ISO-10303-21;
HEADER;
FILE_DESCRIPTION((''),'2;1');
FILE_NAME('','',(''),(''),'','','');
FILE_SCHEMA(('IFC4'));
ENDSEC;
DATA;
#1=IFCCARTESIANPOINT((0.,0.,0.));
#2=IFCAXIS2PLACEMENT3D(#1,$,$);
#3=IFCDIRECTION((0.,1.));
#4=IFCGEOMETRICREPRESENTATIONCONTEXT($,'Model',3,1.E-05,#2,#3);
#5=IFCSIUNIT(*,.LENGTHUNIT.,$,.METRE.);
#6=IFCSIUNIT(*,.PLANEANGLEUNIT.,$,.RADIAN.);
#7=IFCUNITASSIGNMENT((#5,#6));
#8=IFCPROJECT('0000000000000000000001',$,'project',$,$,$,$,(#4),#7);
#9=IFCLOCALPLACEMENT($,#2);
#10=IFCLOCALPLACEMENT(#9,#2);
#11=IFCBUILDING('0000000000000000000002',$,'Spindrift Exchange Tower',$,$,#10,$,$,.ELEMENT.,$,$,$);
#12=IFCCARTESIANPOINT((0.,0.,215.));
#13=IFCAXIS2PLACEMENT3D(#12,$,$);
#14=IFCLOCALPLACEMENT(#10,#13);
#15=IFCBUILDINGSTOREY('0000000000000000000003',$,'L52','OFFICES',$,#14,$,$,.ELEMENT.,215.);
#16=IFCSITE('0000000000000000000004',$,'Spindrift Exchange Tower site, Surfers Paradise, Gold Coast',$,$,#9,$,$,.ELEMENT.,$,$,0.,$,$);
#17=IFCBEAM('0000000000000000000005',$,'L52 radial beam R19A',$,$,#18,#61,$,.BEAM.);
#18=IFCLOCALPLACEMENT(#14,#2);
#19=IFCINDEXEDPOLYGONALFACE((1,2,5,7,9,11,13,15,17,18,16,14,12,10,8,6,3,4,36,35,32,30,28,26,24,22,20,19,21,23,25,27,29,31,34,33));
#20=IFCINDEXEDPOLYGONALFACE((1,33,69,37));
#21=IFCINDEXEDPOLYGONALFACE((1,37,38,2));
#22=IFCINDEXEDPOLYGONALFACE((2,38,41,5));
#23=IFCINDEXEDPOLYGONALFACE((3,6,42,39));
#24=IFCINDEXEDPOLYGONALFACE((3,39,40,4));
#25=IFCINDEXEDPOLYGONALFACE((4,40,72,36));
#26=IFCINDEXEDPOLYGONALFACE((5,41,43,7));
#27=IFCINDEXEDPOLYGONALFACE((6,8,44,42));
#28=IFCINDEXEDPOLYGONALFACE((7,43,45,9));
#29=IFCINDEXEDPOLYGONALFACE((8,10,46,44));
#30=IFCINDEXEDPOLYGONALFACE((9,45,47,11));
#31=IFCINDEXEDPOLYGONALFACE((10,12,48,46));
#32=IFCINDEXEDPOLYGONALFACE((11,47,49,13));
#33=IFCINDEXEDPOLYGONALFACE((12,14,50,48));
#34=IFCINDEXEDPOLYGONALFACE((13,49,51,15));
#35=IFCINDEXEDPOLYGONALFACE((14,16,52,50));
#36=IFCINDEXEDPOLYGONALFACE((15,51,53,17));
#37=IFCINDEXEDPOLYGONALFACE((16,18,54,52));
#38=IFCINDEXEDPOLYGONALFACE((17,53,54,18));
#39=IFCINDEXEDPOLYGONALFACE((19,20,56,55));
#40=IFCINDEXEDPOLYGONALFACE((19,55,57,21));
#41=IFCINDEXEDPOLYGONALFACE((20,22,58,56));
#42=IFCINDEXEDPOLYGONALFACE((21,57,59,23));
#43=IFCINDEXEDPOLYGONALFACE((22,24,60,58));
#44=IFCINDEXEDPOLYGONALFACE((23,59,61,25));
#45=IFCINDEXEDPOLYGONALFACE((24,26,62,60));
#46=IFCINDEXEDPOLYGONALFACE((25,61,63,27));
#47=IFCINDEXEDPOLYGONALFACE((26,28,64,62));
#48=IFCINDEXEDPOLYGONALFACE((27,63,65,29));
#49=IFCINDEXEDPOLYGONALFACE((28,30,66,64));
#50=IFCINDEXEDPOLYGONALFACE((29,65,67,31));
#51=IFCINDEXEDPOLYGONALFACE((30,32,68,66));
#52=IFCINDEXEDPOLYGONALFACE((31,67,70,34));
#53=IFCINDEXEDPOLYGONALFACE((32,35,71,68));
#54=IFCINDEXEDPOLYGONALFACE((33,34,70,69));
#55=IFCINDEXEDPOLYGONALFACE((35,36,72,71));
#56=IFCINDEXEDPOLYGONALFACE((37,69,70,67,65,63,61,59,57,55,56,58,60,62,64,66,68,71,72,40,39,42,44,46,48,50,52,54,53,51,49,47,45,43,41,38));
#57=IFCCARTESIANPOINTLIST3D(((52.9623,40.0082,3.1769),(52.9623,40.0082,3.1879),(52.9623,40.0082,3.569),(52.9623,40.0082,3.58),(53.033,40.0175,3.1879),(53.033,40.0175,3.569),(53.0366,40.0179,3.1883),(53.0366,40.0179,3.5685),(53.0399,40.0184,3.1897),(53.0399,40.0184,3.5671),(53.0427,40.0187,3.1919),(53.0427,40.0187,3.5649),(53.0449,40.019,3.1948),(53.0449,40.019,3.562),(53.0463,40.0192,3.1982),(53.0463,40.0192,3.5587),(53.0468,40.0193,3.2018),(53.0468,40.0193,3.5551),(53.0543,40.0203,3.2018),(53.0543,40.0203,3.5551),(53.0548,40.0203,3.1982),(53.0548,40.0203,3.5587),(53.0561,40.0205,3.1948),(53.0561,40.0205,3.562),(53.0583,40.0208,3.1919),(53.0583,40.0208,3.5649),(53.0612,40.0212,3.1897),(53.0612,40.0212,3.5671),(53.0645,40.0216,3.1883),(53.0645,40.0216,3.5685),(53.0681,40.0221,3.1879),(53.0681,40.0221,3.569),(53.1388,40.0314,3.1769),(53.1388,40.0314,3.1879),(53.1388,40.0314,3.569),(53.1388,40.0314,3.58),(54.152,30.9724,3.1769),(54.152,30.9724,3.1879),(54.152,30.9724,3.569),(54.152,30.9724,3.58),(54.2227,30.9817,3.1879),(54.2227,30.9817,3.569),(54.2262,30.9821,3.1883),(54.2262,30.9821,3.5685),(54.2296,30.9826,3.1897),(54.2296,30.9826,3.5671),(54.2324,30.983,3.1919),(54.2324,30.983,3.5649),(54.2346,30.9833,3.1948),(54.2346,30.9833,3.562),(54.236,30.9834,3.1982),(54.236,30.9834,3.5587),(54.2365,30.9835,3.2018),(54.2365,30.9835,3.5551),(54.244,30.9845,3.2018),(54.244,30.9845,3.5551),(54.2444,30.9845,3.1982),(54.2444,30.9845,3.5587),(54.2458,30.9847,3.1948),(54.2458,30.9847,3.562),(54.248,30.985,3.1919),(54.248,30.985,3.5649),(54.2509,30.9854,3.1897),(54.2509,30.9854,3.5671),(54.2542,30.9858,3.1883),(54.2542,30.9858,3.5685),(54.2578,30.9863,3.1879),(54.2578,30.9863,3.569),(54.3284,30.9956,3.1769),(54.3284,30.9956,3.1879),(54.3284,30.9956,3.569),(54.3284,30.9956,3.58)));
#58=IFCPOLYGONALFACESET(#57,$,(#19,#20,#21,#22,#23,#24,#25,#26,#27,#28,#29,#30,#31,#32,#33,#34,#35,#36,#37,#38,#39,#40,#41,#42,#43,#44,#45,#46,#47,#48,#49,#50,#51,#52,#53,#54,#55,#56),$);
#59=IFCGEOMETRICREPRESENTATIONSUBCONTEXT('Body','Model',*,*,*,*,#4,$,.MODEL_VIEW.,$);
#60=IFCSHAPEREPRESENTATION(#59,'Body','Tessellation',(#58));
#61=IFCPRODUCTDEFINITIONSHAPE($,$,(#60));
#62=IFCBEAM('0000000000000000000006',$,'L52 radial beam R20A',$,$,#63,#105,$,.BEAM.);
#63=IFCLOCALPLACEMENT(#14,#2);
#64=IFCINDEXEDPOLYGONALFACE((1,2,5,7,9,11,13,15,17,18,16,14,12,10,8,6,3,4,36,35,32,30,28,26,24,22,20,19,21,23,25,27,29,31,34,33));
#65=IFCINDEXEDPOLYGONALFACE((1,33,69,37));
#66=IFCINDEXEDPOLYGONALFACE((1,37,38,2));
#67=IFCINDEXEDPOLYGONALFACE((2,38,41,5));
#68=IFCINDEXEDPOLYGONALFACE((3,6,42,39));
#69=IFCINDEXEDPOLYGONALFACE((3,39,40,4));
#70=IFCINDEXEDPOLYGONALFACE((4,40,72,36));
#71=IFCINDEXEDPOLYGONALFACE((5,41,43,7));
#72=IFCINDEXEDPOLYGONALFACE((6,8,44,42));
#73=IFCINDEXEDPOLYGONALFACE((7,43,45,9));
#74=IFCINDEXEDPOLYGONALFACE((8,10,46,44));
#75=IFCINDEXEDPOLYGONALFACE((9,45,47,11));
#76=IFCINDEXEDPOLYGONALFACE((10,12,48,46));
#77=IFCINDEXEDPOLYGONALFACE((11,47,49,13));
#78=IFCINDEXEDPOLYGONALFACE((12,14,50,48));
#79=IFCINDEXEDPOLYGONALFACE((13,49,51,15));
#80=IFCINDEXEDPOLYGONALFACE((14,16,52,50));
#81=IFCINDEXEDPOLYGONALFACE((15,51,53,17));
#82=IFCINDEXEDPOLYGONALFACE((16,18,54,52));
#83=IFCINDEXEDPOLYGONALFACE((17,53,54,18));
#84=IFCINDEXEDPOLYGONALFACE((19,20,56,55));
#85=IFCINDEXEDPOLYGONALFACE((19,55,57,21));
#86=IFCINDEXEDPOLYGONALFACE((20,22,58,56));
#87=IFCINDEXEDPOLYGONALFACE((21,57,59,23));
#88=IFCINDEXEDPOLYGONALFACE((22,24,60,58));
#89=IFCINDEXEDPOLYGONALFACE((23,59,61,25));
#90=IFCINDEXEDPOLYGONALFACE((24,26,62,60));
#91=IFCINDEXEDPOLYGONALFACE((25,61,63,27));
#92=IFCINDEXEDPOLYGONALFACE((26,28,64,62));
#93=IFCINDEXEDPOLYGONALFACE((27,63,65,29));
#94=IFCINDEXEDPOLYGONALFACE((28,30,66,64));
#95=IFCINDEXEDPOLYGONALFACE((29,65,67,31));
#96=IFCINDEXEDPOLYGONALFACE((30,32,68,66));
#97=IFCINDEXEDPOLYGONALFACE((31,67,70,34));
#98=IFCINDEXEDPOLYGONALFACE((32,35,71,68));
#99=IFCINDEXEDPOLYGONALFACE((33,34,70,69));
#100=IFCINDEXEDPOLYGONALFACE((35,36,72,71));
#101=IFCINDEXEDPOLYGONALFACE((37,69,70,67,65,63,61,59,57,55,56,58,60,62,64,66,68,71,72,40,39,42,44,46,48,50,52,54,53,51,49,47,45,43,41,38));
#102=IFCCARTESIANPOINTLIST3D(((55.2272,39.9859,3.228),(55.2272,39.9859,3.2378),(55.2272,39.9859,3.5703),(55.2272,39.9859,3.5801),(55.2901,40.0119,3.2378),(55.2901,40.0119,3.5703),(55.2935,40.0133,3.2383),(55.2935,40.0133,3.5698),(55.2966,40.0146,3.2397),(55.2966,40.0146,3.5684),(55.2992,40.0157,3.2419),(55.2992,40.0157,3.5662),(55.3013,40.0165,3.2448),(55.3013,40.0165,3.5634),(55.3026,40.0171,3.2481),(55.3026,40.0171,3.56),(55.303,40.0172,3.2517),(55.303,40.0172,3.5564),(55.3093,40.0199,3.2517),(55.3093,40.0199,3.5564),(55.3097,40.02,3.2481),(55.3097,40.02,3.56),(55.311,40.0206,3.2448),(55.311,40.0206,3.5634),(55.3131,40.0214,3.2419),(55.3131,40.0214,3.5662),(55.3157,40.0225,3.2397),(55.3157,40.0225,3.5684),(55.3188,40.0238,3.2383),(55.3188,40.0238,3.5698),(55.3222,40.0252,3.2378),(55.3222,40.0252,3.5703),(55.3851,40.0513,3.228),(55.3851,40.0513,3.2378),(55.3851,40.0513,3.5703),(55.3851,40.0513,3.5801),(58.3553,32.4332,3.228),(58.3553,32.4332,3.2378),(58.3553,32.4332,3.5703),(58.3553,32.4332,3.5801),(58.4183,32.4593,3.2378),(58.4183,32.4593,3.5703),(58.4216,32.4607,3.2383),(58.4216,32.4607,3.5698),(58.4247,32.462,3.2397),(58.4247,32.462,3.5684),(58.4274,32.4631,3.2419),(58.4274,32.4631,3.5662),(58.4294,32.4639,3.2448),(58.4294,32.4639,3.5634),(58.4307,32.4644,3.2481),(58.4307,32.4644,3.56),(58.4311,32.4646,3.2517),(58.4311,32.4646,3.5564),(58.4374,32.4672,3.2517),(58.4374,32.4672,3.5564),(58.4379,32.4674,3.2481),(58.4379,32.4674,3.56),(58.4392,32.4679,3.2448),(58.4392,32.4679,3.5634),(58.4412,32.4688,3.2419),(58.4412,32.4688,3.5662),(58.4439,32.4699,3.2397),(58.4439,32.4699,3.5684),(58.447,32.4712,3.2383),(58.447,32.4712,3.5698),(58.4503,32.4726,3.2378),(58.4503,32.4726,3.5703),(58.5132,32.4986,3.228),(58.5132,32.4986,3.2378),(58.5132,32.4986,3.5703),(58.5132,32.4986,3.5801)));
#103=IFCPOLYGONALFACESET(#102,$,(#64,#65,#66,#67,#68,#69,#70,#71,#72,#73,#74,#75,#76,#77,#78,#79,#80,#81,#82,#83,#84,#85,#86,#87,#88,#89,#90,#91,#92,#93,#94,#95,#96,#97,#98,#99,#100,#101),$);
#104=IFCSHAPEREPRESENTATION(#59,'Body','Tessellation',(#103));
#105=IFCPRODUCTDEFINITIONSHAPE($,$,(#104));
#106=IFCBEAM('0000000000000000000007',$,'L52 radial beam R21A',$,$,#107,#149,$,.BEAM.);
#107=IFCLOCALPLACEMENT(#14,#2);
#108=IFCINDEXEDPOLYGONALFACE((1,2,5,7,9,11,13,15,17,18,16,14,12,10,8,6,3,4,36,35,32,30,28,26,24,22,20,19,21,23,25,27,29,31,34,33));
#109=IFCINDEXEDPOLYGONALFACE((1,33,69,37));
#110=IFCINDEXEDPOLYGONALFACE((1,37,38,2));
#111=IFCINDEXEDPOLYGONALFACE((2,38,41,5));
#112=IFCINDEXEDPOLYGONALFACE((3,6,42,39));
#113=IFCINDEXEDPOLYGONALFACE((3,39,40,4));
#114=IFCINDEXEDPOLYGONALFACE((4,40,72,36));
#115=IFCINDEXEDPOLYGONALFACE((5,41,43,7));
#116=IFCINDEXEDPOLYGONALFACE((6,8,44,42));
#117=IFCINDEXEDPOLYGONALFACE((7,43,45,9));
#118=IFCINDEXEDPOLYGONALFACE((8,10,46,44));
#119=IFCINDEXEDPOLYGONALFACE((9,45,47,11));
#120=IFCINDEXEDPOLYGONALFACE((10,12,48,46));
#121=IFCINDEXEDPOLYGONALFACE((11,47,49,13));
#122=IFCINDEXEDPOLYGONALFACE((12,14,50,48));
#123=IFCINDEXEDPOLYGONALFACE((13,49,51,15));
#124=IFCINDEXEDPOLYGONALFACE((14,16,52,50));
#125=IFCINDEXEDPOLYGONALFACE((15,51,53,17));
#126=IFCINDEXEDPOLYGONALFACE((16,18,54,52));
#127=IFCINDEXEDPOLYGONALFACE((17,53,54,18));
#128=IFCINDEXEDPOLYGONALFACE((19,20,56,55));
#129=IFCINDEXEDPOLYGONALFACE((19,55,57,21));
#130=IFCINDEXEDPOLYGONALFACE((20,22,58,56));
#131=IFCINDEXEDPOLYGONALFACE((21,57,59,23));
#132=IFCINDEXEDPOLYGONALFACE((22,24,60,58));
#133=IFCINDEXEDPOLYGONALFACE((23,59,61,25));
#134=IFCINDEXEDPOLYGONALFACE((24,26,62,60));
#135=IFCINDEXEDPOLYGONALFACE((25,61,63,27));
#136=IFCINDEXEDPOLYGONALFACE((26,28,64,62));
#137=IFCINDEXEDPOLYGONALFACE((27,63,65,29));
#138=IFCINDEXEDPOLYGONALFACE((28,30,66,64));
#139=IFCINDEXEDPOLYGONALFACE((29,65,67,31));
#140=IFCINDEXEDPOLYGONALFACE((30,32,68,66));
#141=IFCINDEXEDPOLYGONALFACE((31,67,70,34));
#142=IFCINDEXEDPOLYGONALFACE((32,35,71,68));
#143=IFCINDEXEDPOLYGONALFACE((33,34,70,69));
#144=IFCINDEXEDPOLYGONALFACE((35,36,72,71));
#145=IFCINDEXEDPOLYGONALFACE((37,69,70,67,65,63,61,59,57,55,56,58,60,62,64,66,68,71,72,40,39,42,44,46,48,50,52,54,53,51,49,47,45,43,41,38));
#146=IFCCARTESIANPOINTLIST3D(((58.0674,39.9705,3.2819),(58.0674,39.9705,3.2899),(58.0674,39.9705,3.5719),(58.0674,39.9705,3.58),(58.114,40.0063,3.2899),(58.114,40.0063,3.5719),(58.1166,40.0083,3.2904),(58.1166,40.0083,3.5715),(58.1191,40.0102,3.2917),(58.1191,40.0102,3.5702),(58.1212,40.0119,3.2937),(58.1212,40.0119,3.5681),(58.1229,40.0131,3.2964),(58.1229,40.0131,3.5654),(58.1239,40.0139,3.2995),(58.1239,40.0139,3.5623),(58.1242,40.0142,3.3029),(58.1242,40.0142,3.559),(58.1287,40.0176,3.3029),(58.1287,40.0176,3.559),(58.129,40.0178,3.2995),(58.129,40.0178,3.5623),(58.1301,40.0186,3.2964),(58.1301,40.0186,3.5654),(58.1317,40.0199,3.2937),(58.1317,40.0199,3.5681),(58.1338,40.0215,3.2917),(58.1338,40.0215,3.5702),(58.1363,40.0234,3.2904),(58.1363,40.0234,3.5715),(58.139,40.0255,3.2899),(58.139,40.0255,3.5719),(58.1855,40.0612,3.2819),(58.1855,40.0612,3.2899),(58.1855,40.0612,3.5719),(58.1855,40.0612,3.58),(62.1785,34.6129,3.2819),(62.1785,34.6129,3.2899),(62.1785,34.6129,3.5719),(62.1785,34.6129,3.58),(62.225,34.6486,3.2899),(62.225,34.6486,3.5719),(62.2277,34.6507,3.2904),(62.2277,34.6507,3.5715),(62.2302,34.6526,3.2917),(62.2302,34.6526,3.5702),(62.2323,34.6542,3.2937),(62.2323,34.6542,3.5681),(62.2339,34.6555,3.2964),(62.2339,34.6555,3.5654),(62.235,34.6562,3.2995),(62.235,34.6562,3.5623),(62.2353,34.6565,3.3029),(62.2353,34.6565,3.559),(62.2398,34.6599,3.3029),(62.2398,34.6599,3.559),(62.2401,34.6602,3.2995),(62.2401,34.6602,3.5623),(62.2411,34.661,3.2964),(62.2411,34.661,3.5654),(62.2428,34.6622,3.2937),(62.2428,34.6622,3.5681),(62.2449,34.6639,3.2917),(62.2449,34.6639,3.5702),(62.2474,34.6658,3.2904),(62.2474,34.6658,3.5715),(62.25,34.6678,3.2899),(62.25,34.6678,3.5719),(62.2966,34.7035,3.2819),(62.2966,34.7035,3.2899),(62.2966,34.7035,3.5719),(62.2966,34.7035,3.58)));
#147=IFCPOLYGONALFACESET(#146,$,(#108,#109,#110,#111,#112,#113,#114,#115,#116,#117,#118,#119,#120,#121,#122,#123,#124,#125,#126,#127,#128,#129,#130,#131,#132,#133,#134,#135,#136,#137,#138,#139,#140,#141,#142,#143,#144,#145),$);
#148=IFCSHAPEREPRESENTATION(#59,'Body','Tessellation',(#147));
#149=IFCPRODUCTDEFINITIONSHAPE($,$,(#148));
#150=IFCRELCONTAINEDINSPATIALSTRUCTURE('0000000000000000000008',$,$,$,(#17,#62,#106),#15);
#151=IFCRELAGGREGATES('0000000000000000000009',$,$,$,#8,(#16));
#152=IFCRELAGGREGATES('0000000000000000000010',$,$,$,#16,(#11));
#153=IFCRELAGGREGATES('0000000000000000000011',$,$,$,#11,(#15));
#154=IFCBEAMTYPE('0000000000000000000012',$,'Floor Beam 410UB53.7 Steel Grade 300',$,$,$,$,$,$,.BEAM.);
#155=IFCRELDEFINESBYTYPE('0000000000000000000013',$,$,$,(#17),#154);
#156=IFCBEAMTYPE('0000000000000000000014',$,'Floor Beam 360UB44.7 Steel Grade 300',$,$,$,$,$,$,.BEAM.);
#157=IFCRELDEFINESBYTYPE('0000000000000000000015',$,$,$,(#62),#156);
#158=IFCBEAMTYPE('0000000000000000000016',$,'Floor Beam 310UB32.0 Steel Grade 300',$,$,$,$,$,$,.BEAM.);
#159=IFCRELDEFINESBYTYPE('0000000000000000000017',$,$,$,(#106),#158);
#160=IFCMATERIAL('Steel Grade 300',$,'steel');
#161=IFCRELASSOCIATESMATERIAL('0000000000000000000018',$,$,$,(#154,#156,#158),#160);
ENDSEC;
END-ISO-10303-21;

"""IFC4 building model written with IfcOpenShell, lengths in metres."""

from ifc_helpers import new_model, si_unit, direction, frame, origin, origin_2d, place, context, subcontext, project, spatial, i_section, extrude, source, transform, mapped, material, material_profile, profile_set, type_object, element, save


model = new_model("IFC4")

# Units and contexts
model_context = context("Model", 3, precision=1e-05, world=origin(), true_north=direction((0.0, 1.0)))
body_context = subcontext(model_context, "Body", "Model", "MODEL_VIEW")
ifc_project = project(units=[si_unit("LENGTHUNIT", "METRE"), si_unit("PLANEANGLEUNIT", "RADIAN")], contexts=[model_context])

# Site, building, storey
site_placement = place(None, origin())
site = spatial("IfcSite", under=ifc_project, at=site_placement, Name="Spindrift Exchange Tower site, Surfers Paradise, Gold Coast", CompositionType="ELEMENT", RefElevation=0.0)
building_placement = place(site_placement, origin())
building = spatial("IfcBuilding", under=site, at=building_placement, Name="Spindrift Exchange Tower", CompositionType="ELEMENT")
storey_placement = place(building_placement, frame((0.0, 0.0, 215.0)))
storey = spatial("IfcBuildingStorey", under=building, at=storey_placement, Name="L52", Description="OFFICES", CompositionType="ELEMENT", Elevation=215.0)

# Beams
ifc_material_1 = material(Name="Steel Grade 300", Category="steel")
ifc_material_profile_1 = material_profile(ifc_material_1, i_section(OverallWidth=0.178, OverallDepth=0.4031, WebThickness=0.0076, FlangeThickness=0.011, FilletRadius=0.0139, at=origin_2d()), Name="410UB53.7")
ifc_profile_set_1 = profile_set([ifc_material_profile_1], Name="Steel Grade 300")
beam_type_1 = type_object("IfcBeamType", Name="Floor Beam 410UB53.7 Steel Grade 300", PredefinedType="BEAM", material=ifc_profile_set_1)
shared_shape_1 = source(origin(), body_context, "Body", "SweptSolid", [
    extrude(i_section(OverallWidth=0.178, OverallDepth=0.4031, WebThickness=0.0076, FlangeThickness=0.011, FilletRadius=0.0139, at=origin_2d()), origin(), (0.0, 0.0, 1.0), 9.1138),
])
beam_1_placement = place(storey_placement, frame((53.0505, 40.0198, 3.3784), z_axis=(0.130537, -0.991443, 0.0), x_axis=(0.991443, 0.130537, 0.0)))
element("IfcBeam", 1, at=beam_1_placement, inside=storey, type_object=beam_type_1, Name="L52 radial beam R19A", PredefinedType="BEAM", context=body_context, shape_type="MappedRepresentation", body=[
    mapped(shared_shape_1, transform((0.0, 0.0, 0.0), scale=1.0)),
])
ifc_material_profile_2 = material_profile(ifc_material_1, i_section(OverallWidth=0.1709, OverallDepth=0.3521, WebThickness=0.0068, FlangeThickness=0.0098, FilletRadius=0.0139, at=origin_2d()), Name="360UB44.7")
ifc_profile_set_2 = profile_set([ifc_material_profile_2], Name="Steel Grade 300")
beam_type_2 = type_object("IfcBeamType", Name="Floor Beam 360UB44.7 Steel Grade 300", PredefinedType="BEAM", material=ifc_profile_set_2)
shared_shape_2 = source(origin(), body_context, "Body", "SweptSolid", [
    extrude(i_section(OverallWidth=0.1709, OverallDepth=0.3521, WebThickness=0.0068, FlangeThickness=0.0098, FilletRadius=0.0139, at=origin_2d()), origin(), (0.0, 0.0, 1.0), 8.1748),
])
beam_2_placement = place(storey_placement, frame((55.3062, 40.0186, 3.4041), z_axis=(0.382655, -0.923891, 0.0), x_axis=(0.923891, 0.382655, 0.0)))
element("IfcBeam", 2, at=beam_2_placement, inside=storey, type_object=beam_type_2, Name="L52 radial beam R20A", PredefinedType="BEAM", context=body_context, shape_type="MappedRepresentation", body=[
    mapped(shared_shape_2, transform((0.0, 0.0, 0.0), scale=1.0)),
])
ifc_material_profile_3 = material_profile(ifc_material_1, i_section(OverallWidth=0.1489, OverallDepth=0.2981, WebThickness=0.0056, FlangeThickness=0.0081, FilletRadius=0.0129, at=origin_2d()), Name="310UB32.0")
ifc_profile_set_3 = profile_set([ifc_material_profile_3], Name="Steel Grade 300")
beam_type_3 = type_object("IfcBeamType", Name="Floor Beam 310UB32.0 Steel Grade 300", PredefinedType="BEAM", material=ifc_profile_set_3)
shared_shape_3 = source(origin(), body_context, "Body", "SweptSolid", [
    extrude(i_section(OverallWidth=0.1489, OverallDepth=0.2981, WebThickness=0.0056, FlangeThickness=0.0081, FilletRadius=0.0129, at=origin_2d()), origin(), (0.0, 0.0, 1.0), 6.7532),
])
beam_3_placement = place(storey_placement, frame((58.1265, 40.0159, 3.4309), z_axis=(0.608762, -0.793353, 0.0), x_axis=(0.793353, 0.608762, 0.0)))
element("IfcBeam", 3, at=beam_3_placement, inside=storey, type_object=beam_type_3, Name="L52 radial beam R21A", PredefinedType="BEAM", context=body_context, shape_type="MappedRepresentation", body=[
    mapped(shared_shape_3, transform((0.0, 0.0, 0.0), scale=1.0)),
])

save(model, "model.ifc")
